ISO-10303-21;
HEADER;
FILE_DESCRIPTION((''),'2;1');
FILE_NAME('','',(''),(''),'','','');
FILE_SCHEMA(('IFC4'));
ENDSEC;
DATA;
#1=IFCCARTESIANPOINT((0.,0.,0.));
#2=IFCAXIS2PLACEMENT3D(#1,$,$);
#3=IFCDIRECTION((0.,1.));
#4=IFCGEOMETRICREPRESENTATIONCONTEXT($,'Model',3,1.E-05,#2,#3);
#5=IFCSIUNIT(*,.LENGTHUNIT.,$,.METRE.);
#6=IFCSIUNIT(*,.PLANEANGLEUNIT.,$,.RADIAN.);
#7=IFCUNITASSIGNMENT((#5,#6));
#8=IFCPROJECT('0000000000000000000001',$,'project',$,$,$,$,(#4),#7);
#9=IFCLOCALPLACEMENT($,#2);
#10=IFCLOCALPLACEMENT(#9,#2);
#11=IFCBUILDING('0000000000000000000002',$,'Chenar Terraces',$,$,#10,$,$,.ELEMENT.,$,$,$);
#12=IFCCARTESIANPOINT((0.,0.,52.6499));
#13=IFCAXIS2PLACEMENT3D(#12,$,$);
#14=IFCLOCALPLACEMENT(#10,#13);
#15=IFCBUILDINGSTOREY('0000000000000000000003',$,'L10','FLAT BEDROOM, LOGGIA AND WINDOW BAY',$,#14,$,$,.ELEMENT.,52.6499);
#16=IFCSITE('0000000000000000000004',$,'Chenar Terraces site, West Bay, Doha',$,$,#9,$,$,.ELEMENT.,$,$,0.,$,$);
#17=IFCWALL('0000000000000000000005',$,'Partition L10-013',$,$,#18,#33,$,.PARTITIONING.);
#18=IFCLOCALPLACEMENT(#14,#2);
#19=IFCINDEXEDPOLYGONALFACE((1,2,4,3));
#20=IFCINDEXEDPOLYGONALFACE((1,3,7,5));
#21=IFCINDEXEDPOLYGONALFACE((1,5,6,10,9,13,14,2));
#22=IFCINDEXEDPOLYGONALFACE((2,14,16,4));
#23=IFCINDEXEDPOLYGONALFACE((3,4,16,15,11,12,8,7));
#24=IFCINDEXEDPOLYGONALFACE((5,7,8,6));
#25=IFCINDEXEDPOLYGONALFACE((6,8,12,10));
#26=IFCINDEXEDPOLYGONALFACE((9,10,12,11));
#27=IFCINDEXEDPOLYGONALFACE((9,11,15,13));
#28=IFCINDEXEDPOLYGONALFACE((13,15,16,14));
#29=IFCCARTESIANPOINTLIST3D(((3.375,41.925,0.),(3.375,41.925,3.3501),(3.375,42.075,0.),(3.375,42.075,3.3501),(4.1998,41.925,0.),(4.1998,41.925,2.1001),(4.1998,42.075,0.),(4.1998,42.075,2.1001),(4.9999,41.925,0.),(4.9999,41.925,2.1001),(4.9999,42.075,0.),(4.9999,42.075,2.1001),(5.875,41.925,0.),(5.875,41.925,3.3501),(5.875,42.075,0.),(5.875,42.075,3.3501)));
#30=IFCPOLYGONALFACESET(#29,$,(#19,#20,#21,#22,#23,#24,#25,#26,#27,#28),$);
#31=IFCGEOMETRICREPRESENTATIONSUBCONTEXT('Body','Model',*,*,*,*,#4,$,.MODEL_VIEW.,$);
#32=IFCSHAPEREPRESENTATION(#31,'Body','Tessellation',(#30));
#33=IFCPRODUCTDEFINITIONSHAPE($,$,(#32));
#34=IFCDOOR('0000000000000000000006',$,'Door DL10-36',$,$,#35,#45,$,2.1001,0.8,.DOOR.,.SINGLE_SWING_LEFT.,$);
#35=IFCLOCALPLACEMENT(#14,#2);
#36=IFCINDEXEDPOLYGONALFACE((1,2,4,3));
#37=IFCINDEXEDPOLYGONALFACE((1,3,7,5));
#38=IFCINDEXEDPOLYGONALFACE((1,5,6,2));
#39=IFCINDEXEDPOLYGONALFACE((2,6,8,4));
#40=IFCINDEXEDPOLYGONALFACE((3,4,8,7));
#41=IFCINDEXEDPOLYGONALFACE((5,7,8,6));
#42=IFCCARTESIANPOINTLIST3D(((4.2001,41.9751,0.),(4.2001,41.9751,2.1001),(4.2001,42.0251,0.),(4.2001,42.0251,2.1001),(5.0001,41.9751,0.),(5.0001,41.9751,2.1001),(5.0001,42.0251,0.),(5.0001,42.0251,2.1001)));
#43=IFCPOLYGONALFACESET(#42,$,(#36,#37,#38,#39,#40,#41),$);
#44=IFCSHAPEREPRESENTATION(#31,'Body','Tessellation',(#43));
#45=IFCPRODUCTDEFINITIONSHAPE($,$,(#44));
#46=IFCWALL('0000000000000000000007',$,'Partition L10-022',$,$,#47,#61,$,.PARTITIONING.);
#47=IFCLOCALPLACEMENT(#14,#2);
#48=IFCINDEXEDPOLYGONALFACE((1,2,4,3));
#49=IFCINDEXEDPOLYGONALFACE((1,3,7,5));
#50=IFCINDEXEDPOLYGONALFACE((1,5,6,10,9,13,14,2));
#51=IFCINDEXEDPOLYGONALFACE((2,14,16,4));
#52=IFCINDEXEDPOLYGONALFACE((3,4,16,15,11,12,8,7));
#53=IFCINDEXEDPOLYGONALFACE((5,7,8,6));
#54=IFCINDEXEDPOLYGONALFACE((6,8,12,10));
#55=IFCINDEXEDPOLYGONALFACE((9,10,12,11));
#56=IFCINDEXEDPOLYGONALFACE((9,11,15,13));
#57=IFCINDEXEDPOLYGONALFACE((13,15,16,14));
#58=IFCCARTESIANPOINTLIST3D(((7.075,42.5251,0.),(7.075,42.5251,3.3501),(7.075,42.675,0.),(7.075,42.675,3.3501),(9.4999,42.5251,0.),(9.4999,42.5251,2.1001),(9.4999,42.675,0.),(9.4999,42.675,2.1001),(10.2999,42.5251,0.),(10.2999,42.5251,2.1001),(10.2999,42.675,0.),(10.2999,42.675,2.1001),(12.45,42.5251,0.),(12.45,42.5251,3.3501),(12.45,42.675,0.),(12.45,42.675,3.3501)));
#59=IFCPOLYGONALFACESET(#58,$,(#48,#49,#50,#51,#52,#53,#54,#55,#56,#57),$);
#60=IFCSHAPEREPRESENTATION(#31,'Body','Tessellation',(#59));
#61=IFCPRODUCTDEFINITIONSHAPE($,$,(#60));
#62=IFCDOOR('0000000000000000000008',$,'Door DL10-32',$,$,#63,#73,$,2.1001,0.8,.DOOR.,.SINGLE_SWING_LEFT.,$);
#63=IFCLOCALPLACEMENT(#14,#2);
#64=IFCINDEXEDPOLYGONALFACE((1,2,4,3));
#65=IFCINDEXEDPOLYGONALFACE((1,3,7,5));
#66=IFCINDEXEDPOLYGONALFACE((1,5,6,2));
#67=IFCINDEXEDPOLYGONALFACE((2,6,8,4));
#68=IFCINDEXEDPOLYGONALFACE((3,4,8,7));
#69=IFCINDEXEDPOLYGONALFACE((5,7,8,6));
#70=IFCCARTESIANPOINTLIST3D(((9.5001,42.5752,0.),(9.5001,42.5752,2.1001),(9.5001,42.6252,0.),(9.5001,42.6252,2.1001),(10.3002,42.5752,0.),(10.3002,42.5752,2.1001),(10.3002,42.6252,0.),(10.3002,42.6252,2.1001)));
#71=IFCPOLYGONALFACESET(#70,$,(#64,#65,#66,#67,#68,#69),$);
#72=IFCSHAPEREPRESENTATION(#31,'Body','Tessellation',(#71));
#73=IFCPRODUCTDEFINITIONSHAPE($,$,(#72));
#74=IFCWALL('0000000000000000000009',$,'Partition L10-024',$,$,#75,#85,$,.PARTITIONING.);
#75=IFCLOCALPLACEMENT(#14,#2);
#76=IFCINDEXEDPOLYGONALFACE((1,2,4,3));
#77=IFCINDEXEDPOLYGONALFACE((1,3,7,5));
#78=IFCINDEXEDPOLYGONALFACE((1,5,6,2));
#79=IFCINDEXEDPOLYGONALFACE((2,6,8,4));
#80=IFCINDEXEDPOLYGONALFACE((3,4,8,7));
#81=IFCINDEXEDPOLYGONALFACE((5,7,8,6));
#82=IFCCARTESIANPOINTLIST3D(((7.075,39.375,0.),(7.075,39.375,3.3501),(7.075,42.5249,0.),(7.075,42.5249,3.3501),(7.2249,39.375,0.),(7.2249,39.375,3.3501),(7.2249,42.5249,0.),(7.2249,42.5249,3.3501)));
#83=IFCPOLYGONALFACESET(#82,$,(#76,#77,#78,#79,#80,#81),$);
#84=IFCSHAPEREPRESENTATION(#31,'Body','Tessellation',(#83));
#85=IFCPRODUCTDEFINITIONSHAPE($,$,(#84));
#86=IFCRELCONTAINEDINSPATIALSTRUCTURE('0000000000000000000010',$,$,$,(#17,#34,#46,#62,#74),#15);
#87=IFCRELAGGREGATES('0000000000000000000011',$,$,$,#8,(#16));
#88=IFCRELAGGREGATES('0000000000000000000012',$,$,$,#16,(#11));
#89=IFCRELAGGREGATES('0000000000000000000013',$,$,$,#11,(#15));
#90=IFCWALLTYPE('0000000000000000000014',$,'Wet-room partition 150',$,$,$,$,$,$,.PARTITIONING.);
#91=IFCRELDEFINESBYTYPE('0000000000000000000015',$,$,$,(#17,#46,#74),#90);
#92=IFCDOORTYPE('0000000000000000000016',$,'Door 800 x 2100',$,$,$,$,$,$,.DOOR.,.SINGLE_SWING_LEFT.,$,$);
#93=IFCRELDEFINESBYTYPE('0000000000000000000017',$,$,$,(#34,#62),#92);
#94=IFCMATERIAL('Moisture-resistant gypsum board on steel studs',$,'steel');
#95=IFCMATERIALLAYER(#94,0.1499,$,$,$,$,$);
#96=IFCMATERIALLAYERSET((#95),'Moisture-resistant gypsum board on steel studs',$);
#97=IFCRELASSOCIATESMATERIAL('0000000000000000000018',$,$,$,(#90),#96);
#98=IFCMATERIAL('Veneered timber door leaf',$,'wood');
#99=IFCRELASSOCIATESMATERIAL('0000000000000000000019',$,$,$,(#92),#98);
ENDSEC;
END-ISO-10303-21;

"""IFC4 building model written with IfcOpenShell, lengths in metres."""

from ifc_helpers import new_model, si_unit, direction, frame, frame_2d, origin, place, context, subcontext, project, spatial, rectangle, extrude, material, layer, layer_set, type_object, element, fill, save


model = new_model("IFC4")

# Units and contexts
model_context = context("Model", 3, precision=1e-05, world=origin(), true_north=direction((0.0, 1.0)))
body_context = subcontext(model_context, "Body", "Model", "MODEL_VIEW")
ifc_project = project(units=[si_unit("LENGTHUNIT", "METRE"), si_unit("PLANEANGLEUNIT", "RADIAN")], contexts=[model_context])

# Site, building, storey
site_placement = place(None, origin())
site = spatial("IfcSite", under=ifc_project, at=site_placement, Name="Chenar Terraces site, West Bay, Doha", CompositionType="ELEMENT", RefElevation=0.0)
building_placement = place(site_placement, origin())
building = spatial("IfcBuilding", under=site, at=building_placement, Name="Chenar Terraces", CompositionType="ELEMENT")
storey_placement = place(building_placement, frame((0.0, 0.0, 52.6499)))
storey = spatial("IfcBuildingStorey", under=building, at=storey_placement, Name="L10", Description="FLAT BEDROOM, LOGGIA AND WINDOW BAY", CompositionType="ELEMENT", Elevation=52.6499)

# Walls, openings, doors
ifc_material_1 = material(Name="Moisture-resistant gypsum board on steel studs", Category="steel")
ifc_layer_1 = layer(ifc_material_1, 0.1499)
ifc_layer_set_1 = layer_set([ifc_layer_1], Name="Moisture-resistant gypsum board on steel studs")
wall_type_1 = type_object("IfcWallType", Name="Wet-room partition 150", PredefinedType="PARTITIONING", material=ifc_layer_set_1)
wall_1_placement = place(storey_placement, frame((3.375, 42.0, 0.0), z_axis=(0.0, 0.0, 1.0), x_axis=(1.0, 0.0, 0.0)))
wall_1 = element("IfcWall", 1, at=wall_1_placement, inside=storey, type_object=wall_type_1, Name="Partition L10-013", PredefinedType="PARTITIONING", context=body_context, shape_type="SweptSolid", body=[
    extrude(rectangle(XDim=2.5, YDim=0.1499, at=frame_2d((1.25, 0.0))), origin(), (0.0, 0.0, 1.0), 3.3501),
])
opening_1_placement = place(wall_1_placement, frame((0.825, 0.0, 0.0)))
opening_1 = element("IfcOpeningElement", 2, at=opening_1_placement, cuts=wall_1, PredefinedType="OPENING", context=body_context, shape_type="SweptSolid", body=[
    extrude(rectangle(XDim=0.8, YDim=2.1001, at=frame_2d((0.3999, 1.05))), frame((0.0, 0.085, 0.0), z_axis=(0.0, -1.0, 0.0), x_axis=(1.0, 0.0, 0.0)), (0.0, 0.0, 1.0), 0.1699),
])
ifc_material_2 = material(Name="Veneered timber door leaf", Category="wood")
door_type_1 = type_object("IfcDoorType", Name="Door 800 x 2100", OperationType="SINGLE_SWING_LEFT", PredefinedType="DOOR", material=ifc_material_2)
door_1_placement = place(opening_1_placement, frame((0.8, 0.0, 0.0), z_axis=(0.0, 0.0, 1.0), x_axis=(-1.0, 0.0, 0.0)))
door_1 = element("IfcDoor", 3, at=door_1_placement, inside=storey, type_object=door_type_1, Name="Door DL10-36", OperationType="SINGLE_SWING_LEFT", OverallHeight=2.1001, OverallWidth=0.8, PredefinedType="DOOR", context=body_context, shape_type="SweptSolid", body=[
    extrude(rectangle(XDim=0.8, YDim=2.1001, at=frame_2d((0.3999, 1.05))), frame((0.0, 0.0249, 0.0), z_axis=(0.0, -1.0, 0.0), x_axis=(1.0, 0.0, 0.0)), (0.0, 0.0, 1.0), 0.05),
])
fill(opening_1, door_1)
wall_2_placement = place(storey_placement, frame((7.075, 42.6001, 0.0), z_axis=(0.0, 0.0, 1.0), x_axis=(1.0, 0.0, 0.0)))
wall_2 = element("IfcWall", 4, at=wall_2_placement, inside=storey, type_object=wall_type_1, Name="Partition L10-022", PredefinedType="PARTITIONING", context=body_context, shape_type="SweptSolid", body=[
    extrude(rectangle(XDim=5.375, YDim=0.1499, at=frame_2d((2.6875, 0.0))), origin(), (0.0, 0.0, 1.0), 3.3501),
])
opening_2_placement = place(wall_2_placement, frame((2.425, 0.0, 0.0)))
opening_2 = element("IfcOpeningElement", 5, at=opening_2_placement, cuts=wall_2, PredefinedType="OPENING", context=body_context, shape_type="SweptSolid", body=[
    extrude(rectangle(XDim=0.8, YDim=2.1001, at=frame_2d((0.3999, 1.05))), frame((0.0, 0.085, 0.0), z_axis=(0.0, -1.0, 0.0), x_axis=(1.0, 0.0, 0.0)), (0.0, 0.0, 1.0), 0.1699),
])
door_2_placement = place(opening_2_placement, frame((0.8, 0.0, 0.0), z_axis=(0.0, 0.0, 1.0), x_axis=(-1.0, 0.0, 0.0)))
door_2 = element("IfcDoor", 6, at=door_2_placement, inside=storey, type_object=door_type_1, Name="Door DL10-32", OperationType="SINGLE_SWING_LEFT", OverallHeight=2.1001, OverallWidth=0.8, PredefinedType="DOOR", context=body_context, shape_type="SweptSolid", body=[
    extrude(rectangle(XDim=0.8, YDim=2.1001, at=frame_2d((0.3999, 1.05))), frame((0.0, 0.0249, 0.0), z_axis=(0.0, -1.0, 0.0), x_axis=(1.0, 0.0, 0.0)), (0.0, 0.0, 1.0), 0.05),
])
fill(opening_2, door_2)

# Wall
wall_3_placement = place(storey_placement, frame((7.1499, 39.375, 0.0), z_axis=(0.0, 0.0, 1.0), x_axis=(0.0, 1.0, 0.0)))
element("IfcWall", 7, at=wall_3_placement, inside=storey, type_object=wall_type_1, Name="Partition L10-024", PredefinedType="PARTITIONING", context=body_context, shape_type="SweptSolid", body=[
    extrude(rectangle(XDim=3.1499, YDim=0.1499, at=frame_2d((1.575, 0.0))), origin(), (0.0, 0.0, 1.0), 3.3501),
])

save(model, "model.ifc")
